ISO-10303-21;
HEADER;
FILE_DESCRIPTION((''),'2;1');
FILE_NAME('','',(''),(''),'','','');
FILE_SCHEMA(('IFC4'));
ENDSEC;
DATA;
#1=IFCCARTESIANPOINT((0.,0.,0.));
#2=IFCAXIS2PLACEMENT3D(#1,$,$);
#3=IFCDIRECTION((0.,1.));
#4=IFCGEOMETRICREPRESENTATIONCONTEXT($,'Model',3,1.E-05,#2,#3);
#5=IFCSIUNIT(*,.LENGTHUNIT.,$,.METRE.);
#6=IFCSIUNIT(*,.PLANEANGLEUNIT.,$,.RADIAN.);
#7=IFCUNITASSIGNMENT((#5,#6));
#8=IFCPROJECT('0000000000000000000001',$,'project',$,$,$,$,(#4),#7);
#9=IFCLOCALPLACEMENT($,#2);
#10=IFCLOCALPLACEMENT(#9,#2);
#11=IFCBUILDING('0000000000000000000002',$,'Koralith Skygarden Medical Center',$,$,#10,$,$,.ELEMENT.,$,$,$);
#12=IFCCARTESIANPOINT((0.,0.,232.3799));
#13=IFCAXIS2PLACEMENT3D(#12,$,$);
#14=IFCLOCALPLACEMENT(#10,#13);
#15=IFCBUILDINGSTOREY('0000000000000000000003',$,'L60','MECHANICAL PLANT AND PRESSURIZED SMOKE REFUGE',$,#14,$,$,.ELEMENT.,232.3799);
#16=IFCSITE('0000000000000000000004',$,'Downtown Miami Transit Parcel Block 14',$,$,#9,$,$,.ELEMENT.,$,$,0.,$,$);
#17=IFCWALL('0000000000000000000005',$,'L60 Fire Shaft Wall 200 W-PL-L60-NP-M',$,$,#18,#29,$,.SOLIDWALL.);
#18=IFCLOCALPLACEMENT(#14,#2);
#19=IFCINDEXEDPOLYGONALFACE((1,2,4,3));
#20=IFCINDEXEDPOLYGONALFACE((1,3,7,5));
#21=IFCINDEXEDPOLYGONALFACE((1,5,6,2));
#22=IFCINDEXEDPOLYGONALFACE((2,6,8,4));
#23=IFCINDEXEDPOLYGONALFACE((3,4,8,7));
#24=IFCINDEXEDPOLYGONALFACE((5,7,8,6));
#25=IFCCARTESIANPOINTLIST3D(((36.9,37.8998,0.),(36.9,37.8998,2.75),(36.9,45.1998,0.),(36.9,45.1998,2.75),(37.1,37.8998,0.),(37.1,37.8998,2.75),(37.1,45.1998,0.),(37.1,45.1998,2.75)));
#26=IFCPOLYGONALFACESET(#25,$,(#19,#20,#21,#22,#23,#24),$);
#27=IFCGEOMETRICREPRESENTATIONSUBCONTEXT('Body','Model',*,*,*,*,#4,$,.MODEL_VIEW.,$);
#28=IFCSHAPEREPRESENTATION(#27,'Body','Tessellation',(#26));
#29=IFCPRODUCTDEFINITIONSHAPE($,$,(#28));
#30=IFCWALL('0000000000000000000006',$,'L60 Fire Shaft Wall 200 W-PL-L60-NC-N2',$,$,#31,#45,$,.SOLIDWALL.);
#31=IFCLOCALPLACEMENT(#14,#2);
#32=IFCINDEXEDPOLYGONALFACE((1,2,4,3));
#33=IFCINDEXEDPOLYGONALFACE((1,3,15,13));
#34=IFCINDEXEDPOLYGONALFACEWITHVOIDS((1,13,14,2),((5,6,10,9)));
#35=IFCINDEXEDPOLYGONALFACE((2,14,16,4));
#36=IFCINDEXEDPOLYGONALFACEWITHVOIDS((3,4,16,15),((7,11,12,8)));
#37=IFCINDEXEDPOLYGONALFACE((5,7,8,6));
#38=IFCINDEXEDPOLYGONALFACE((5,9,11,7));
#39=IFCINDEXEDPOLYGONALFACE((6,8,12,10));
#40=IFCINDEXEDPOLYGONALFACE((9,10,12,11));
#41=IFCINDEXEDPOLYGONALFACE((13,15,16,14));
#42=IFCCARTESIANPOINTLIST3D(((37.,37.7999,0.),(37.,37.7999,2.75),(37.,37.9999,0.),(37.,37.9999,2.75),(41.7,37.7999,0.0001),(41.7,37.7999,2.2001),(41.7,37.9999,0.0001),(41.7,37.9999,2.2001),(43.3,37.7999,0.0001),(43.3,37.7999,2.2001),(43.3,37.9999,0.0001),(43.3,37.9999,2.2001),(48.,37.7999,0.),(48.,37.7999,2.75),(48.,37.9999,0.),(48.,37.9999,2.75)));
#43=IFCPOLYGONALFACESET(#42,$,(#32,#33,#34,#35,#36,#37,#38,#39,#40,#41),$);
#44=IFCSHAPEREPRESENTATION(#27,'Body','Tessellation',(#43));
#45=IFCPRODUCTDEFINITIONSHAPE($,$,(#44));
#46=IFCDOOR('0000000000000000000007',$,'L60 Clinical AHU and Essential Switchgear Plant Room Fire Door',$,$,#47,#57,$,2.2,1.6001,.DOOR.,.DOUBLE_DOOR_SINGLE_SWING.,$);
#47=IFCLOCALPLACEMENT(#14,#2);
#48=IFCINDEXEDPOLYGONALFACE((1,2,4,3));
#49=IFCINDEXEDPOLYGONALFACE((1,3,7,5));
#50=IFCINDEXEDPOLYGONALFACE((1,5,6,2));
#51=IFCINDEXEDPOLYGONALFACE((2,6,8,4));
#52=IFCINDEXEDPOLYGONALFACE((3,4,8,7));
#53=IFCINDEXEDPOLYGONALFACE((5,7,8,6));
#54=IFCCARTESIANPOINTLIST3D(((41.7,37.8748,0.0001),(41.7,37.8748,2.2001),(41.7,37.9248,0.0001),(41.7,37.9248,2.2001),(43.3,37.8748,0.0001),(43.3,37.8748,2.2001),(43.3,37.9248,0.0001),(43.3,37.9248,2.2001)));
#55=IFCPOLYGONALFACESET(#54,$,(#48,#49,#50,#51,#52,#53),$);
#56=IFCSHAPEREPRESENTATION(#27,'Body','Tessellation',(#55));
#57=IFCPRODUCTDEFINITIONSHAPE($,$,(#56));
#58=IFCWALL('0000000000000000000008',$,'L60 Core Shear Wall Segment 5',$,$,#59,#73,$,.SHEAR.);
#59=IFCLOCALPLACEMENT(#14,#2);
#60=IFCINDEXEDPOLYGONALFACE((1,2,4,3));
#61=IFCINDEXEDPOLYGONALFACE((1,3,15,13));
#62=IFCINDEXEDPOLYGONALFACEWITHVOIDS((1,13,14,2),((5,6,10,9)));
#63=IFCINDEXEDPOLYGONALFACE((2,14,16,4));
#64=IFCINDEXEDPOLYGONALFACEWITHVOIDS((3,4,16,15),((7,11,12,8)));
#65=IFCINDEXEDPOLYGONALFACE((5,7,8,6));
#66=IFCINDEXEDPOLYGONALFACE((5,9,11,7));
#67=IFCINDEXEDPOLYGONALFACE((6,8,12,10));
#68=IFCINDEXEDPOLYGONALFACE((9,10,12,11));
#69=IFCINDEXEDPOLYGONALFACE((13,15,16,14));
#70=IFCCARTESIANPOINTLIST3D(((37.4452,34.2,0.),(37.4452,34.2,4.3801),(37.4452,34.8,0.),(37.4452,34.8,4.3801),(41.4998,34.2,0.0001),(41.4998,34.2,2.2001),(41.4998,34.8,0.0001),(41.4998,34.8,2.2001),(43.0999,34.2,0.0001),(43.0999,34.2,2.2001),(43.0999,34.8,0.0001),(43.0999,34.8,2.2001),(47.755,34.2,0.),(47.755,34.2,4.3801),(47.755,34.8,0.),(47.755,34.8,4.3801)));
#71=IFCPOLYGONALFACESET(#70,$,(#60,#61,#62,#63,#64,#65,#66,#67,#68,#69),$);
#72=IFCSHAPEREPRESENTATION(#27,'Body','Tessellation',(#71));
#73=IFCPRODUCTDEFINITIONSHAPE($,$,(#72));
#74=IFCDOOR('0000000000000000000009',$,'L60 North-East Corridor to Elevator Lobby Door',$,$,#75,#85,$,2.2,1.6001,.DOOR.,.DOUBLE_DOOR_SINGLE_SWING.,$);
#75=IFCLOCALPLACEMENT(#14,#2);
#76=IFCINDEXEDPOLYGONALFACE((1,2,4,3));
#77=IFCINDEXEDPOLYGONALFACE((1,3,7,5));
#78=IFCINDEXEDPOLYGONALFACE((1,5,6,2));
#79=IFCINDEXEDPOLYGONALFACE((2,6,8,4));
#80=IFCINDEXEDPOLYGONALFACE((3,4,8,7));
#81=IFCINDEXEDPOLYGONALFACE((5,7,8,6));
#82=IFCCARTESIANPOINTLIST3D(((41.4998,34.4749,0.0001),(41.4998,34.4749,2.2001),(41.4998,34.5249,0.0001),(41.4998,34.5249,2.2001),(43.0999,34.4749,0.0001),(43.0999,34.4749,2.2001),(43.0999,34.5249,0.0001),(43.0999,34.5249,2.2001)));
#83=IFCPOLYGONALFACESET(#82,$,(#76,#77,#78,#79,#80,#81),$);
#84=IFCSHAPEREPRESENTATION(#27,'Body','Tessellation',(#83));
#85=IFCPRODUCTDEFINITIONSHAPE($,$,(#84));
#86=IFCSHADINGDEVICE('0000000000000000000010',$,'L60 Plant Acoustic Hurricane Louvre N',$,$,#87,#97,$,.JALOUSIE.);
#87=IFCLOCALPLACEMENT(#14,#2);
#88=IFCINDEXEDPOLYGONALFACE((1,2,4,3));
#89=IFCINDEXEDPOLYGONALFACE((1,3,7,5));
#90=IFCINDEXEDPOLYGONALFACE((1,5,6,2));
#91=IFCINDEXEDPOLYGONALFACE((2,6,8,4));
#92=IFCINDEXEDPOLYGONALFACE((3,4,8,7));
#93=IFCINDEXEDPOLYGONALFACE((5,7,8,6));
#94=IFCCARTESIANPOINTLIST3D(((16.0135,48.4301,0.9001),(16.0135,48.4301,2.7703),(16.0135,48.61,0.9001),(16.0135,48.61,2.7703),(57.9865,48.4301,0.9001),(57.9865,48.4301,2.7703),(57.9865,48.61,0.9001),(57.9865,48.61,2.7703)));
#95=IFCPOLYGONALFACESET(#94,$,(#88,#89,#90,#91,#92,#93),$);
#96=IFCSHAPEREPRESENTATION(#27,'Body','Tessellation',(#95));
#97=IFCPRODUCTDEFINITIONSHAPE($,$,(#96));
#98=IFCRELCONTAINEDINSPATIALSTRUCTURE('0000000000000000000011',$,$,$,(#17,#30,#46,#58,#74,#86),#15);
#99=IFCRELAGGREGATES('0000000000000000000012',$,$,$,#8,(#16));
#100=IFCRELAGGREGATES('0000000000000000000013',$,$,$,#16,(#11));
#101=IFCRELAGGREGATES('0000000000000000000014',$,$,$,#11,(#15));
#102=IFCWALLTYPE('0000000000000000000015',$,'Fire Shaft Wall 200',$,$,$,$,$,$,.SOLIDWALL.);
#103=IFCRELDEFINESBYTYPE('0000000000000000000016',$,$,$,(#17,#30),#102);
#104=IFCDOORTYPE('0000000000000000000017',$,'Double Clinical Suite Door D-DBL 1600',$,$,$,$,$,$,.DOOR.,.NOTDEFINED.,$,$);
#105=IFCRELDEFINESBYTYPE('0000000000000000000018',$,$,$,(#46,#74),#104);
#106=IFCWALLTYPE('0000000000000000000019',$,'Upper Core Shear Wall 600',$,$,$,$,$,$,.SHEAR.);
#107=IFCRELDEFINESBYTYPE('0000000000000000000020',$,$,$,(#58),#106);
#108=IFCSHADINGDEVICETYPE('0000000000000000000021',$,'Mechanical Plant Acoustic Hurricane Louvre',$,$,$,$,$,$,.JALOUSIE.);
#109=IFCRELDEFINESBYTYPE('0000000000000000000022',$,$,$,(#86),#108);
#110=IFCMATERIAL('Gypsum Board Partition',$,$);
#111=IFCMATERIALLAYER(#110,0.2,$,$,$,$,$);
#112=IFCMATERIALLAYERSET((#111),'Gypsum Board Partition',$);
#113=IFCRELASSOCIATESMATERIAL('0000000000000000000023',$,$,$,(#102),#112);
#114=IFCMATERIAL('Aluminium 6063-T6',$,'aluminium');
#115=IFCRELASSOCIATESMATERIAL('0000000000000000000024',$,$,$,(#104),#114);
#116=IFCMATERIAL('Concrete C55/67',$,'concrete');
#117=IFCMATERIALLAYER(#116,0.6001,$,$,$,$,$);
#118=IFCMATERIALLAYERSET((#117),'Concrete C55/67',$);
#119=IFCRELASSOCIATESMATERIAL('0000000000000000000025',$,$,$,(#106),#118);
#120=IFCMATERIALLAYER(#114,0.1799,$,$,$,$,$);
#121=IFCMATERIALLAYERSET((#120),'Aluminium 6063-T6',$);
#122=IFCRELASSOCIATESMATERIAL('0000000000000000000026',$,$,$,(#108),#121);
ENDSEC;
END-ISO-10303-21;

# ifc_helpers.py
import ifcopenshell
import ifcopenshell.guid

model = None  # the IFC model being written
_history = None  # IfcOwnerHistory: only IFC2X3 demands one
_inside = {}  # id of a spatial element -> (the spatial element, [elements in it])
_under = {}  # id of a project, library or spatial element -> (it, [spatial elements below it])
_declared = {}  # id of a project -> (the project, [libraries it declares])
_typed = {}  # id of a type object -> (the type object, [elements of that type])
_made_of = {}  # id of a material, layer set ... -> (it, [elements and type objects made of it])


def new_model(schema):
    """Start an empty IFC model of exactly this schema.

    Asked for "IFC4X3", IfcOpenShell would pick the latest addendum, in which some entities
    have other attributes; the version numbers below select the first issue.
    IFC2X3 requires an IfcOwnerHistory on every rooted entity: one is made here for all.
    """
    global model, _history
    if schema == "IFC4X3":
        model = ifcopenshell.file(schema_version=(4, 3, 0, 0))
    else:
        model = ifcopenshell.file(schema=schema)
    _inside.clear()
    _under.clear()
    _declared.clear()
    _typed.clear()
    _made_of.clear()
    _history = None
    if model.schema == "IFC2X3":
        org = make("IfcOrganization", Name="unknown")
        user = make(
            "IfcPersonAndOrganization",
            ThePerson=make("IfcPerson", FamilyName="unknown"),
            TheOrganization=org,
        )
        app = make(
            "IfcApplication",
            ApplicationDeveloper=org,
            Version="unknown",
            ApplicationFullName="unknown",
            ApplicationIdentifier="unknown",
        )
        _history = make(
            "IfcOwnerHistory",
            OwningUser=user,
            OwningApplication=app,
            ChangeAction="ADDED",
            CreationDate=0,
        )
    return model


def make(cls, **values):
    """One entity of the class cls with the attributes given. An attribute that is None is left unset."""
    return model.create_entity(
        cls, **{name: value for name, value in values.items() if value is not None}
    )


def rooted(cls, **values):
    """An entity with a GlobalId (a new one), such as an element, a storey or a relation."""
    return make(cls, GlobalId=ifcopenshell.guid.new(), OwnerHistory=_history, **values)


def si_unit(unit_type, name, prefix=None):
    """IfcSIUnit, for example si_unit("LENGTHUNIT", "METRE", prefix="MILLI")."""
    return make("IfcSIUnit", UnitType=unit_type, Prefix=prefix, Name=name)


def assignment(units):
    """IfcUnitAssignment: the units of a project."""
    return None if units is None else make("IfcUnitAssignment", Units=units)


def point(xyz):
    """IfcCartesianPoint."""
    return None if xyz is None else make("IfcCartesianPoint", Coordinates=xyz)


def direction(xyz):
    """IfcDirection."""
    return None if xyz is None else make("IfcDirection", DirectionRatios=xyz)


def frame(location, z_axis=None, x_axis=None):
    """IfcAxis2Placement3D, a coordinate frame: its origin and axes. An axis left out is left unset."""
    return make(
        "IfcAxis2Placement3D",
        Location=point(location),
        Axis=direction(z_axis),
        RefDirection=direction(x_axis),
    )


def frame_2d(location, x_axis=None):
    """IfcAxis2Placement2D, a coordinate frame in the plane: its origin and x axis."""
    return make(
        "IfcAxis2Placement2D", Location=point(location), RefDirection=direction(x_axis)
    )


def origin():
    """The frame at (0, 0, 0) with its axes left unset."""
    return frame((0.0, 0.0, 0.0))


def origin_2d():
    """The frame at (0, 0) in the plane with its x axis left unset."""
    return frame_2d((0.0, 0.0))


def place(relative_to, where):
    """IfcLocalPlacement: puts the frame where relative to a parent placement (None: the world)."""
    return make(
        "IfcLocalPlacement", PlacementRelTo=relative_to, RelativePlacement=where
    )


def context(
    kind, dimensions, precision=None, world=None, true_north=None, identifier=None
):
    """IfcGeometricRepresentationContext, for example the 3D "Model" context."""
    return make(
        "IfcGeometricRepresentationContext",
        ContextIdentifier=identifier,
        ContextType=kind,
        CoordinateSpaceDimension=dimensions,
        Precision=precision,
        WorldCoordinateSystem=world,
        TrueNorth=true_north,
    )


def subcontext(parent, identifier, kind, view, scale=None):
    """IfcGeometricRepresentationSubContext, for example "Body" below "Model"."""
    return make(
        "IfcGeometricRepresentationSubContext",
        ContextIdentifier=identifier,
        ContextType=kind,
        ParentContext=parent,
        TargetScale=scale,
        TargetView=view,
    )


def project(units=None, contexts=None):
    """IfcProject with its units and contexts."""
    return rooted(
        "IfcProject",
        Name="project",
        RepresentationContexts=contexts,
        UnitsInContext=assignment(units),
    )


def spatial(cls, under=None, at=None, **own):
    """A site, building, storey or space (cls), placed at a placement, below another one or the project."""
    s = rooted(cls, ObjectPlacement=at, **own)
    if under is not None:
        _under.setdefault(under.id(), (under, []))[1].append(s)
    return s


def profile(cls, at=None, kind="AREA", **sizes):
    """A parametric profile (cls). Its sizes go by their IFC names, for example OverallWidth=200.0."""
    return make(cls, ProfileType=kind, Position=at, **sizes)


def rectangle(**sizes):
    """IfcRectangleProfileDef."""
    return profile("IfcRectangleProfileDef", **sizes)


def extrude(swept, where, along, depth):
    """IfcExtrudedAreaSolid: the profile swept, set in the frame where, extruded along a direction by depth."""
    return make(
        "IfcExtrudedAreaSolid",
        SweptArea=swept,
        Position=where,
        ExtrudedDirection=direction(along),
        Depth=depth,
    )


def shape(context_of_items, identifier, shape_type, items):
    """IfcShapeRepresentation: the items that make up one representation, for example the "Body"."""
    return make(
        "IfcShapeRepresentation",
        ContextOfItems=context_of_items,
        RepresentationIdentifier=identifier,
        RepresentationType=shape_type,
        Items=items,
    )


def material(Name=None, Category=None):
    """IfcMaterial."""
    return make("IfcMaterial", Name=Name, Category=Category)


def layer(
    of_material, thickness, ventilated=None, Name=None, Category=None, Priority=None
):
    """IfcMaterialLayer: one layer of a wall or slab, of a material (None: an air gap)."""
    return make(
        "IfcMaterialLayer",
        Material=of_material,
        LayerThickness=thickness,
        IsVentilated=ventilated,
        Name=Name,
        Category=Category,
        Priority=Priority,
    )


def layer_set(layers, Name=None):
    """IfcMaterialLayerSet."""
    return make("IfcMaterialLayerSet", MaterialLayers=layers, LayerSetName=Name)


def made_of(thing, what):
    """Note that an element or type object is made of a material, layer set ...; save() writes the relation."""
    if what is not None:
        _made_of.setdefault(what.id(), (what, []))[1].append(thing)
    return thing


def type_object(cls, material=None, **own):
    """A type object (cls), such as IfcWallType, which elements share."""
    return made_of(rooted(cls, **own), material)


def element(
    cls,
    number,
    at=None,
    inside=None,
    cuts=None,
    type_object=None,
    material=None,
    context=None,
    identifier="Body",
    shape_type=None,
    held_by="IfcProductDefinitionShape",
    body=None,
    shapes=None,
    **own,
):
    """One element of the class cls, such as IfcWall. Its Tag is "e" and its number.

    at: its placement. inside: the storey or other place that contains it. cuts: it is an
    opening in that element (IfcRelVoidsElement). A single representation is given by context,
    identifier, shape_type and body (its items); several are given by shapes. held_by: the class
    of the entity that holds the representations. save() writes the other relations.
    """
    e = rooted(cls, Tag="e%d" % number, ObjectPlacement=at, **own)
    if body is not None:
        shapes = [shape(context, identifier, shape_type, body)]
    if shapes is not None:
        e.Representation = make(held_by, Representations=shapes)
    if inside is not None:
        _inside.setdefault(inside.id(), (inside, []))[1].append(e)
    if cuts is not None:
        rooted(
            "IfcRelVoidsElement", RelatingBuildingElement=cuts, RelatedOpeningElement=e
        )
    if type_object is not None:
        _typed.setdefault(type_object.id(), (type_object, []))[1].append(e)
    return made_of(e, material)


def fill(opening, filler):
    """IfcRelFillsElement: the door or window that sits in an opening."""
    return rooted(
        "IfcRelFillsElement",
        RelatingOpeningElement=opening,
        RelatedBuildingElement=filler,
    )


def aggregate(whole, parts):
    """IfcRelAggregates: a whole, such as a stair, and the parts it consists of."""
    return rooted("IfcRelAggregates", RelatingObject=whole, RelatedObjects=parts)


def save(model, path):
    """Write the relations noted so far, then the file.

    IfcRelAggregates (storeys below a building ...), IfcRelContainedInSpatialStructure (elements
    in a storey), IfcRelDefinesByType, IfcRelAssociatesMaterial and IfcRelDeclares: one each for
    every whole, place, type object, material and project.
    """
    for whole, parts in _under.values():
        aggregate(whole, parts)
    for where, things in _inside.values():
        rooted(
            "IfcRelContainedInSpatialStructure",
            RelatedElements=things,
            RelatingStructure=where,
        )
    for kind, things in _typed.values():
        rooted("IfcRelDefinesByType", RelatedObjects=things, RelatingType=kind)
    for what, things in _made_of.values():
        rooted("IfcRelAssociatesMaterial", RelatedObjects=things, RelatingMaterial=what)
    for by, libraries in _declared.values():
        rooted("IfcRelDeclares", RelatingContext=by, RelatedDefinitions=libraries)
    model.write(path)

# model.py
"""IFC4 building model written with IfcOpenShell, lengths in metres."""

from ifc_helpers import new_model, si_unit, direction, frame, frame_2d, origin, origin_2d, place, context, subcontext, project, spatial, rectangle, extrude, material, layer, layer_set, type_object, element, fill, save


model = new_model("IFC4")

# Units and contexts
model_context = context("Model", 3, precision=1e-05, world=origin(), true_north=direction((0.0, 1.0)))
body_context = subcontext(model_context, "Body", "Model", "MODEL_VIEW")
ifc_project = project(units=[si_unit("LENGTHUNIT", "METRE"), si_unit("PLANEANGLEUNIT", "RADIAN")], contexts=[model_context])

# Site, building, storey
site_placement = place(None, origin())
site = spatial("IfcSite", under=ifc_project, at=site_placement, Name="Downtown Miami Transit Parcel Block 14", CompositionType="ELEMENT", RefElevation=0.0)
building_placement = place(site_placement, origin())
building = spatial("IfcBuilding", under=site, at=building_placement, Name="Koralith Skygarden Medical Center", CompositionType="ELEMENT")
storey_placement = place(building_placement, frame((0.0, 0.0, 232.3799)))
storey = spatial("IfcBuildingStorey", under=building, at=storey_placement, Name="L60", Description="MECHANICAL PLANT AND PRESSURIZED SMOKE REFUGE", CompositionType="ELEMENT", Elevation=232.3799)

# Shared definitions
ifc_material_1 = material(Name="Concrete C55/67", Category="concrete")

# Wall
ifc_material_2 = material(Name="Gypsum Board Partition")
ifc_layer_1 = layer(ifc_material_2, 0.2)
ifc_layer_set_1 = layer_set([ifc_layer_1], Name="Gypsum Board Partition")
wall_type_1 = type_object("IfcWallType", Name="Fire Shaft Wall 200", PredefinedType="SOLIDWALL", material=ifc_layer_set_1)
wall_1_placement = place(storey_placement, frame((37.0, 37.8999, 0.0), z_axis=(0.0, 0.0, 1.0), x_axis=(0.0, 1.0, 0.0)))
element("IfcWall", 1, at=wall_1_placement, inside=storey, type_object=wall_type_1, Name="L60 Fire Shaft Wall 200 W-PL-L60-NP-M", PredefinedType="SOLIDWALL", context=body_context, shape_type="SweptSolid", body=[
    extrude(rectangle(XDim=7.3, YDim=0.2, at=frame_2d((3.6499, 0.0))), origin(), (0.0, 0.0, 1.0), 2.75),
])

# Walls, openings, doors
wall_2_placement = place(storey_placement, frame((37.0, 37.8999, 0.0), z_axis=(0.0, 0.0, 1.0), x_axis=(1.0, 0.0, 0.0)))
wall_2 = element("IfcWall", 2, at=wall_2_placement, inside=storey, type_object=wall_type_1, Name="L60 Fire Shaft Wall 200 W-PL-L60-NC-N2", PredefinedType="SOLIDWALL", context=body_context, shape_type="SweptSolid", body=[
    extrude(rectangle(XDim=11.0, YDim=0.2, at=frame_2d((5.5, 0.0))), origin(), (0.0, 0.0, 1.0), 2.75),
])
opening_1_placement = place(wall_2_placement, frame((4.7, 0.0, 0.0)))
opening_1 = element("IfcOpeningElement", 3, at=opening_1_placement, cuts=wall_2, PredefinedType="OPENING", context=body_context, shape_type="SweptSolid", body=[
    extrude(rectangle(XDim=1.6001, YDim=2.2, at=frame_2d((0.8, 1.1001))), frame((0.0, 0.1099, 0.0), z_axis=(0.0, -1.0, 0.0), x_axis=(1.0, 0.0, 0.0)), (0.0, 0.0, 1.0), 0.22),
])
ifc_material_3 = material(Name="Aluminium 6063-T6", Category="aluminium")
door_type = type_object("IfcDoorType", Name="Double Clinical Suite Door D-DBL 1600", OperationType="NOTDEFINED", PredefinedType="DOOR", material=ifc_material_3)
door_1_placement = place(opening_1_placement, origin())
door_1 = element("IfcDoor", 4, at=door_1_placement, inside=storey, type_object=door_type, Name="L60 Clinical AHU and Essential Switchgear Plant Room Fire Door", OperationType="DOUBLE_DOOR_SINGLE_SWING", OverallHeight=2.2, OverallWidth=1.6001, PredefinedType="DOOR", context=body_context, shape_type="SweptSolid", body=[
    extrude(rectangle(XDim=1.6001, YDim=2.2, at=frame_2d((0.8, 1.1001))), frame((0.0, 0.0249, 0.0), z_axis=(0.0, -1.0, 0.0), x_axis=(1.0, 0.0, 0.0)), (0.0, 0.0, 1.0), 0.05),
])
fill(opening_1, door_1)
ifc_layer_2 = layer(ifc_material_1, 0.6001)
ifc_layer_set_2 = layer_set([ifc_layer_2], Name="Concrete C55/67")
wall_type_2 = type_object("IfcWallType", Name="Upper Core Shear Wall 600", PredefinedType="SHEAR", material=ifc_layer_set_2)
wall_3_placement = place(storey_placement, frame((47.7549, 34.5, 0.0), z_axis=(0.0, 0.0, 1.0), x_axis=(-1.0, 0.0, 0.0)))
wall_3 = element("IfcWall", 5, at=wall_3_placement, inside=storey, type_object=wall_type_2, Name="L60 Core Shear Wall Segment 5", PredefinedType="SHEAR", context=body_context, shape_type="SweptSolid", body=[
    extrude(rectangle(XDim=10.3098, YDim=0.6001, at=frame_2d((5.1548, 0.0))), origin(), (0.0, 0.0, 1.0), 4.3801),
])
opening_2_placement = place(wall_3_placement, frame((4.655, 0.0, 0.0)))
opening_2 = element("IfcOpeningElement", 6, at=opening_2_placement, cuts=wall_3, PredefinedType="OPENING", context=body_context, shape_type="SweptSolid", body=[
    extrude(rectangle(XDim=1.6001, YDim=2.2, at=frame_2d((0.8, 1.1001))), frame((0.0, 0.3101, 0.0), z_axis=(0.0, -1.0, 0.0), x_axis=(1.0, 0.0, 0.0)), (0.0, 0.0, 1.0), 0.6201),
])
door_2_placement = place(opening_2_placement, frame((1.6001, 0.0, 0.0), z_axis=(0.0, 0.0, 1.0), x_axis=(-1.0, 0.0, 0.0)))
door_2 = element("IfcDoor", 7, at=door_2_placement, inside=storey, type_object=door_type, Name="L60 North-East Corridor to Elevator Lobby Door", OperationType="DOUBLE_DOOR_SINGLE_SWING", OverallHeight=2.2, OverallWidth=1.6001, PredefinedType="DOOR", context=body_context, shape_type="SweptSolid", body=[
    extrude(rectangle(XDim=1.6001, YDim=2.2, at=frame_2d((0.8, 1.1001))), frame((0.0, 0.0249, 0.0), z_axis=(0.0, -1.0, 0.0), x_axis=(1.0, 0.0, 0.0)), (0.0, 0.0, 1.0), 0.05),
])
fill(opening_2, door_2)

# Shading device
ifc_layer_3 = layer(ifc_material_3, 0.1799)
ifc_layer_set_3 = layer_set([ifc_layer_3], Name="Aluminium 6063-T6")
shading_device_type = type_object("IfcShadingDeviceType", Name="Mechanical Plant Acoustic Hurricane Louvre", PredefinedType="JALOUSIE", material=ifc_layer_set_3)
shading_device_placement = place(storey_placement, frame((37.0, 48.52, 0.9001), z_axis=(0.0, 0.0, 1.0), x_axis=(-1.0, 0.0, 0.0)))
element("IfcShadingDevice", 8, at=shading_device_placement, inside=storey, type_object=shading_device_type, Name="L60 Plant Acoustic Hurricane Louvre N", PredefinedType="JALOUSIE", context=body_context, shape_type="SweptSolid", body=[
    extrude(rectangle(XDim=41.9729, YDim=0.1799, at=origin_2d()), origin(), (0.0, 0.0, 1.0), 1.8701),
])

save(model, "model.ifc")
